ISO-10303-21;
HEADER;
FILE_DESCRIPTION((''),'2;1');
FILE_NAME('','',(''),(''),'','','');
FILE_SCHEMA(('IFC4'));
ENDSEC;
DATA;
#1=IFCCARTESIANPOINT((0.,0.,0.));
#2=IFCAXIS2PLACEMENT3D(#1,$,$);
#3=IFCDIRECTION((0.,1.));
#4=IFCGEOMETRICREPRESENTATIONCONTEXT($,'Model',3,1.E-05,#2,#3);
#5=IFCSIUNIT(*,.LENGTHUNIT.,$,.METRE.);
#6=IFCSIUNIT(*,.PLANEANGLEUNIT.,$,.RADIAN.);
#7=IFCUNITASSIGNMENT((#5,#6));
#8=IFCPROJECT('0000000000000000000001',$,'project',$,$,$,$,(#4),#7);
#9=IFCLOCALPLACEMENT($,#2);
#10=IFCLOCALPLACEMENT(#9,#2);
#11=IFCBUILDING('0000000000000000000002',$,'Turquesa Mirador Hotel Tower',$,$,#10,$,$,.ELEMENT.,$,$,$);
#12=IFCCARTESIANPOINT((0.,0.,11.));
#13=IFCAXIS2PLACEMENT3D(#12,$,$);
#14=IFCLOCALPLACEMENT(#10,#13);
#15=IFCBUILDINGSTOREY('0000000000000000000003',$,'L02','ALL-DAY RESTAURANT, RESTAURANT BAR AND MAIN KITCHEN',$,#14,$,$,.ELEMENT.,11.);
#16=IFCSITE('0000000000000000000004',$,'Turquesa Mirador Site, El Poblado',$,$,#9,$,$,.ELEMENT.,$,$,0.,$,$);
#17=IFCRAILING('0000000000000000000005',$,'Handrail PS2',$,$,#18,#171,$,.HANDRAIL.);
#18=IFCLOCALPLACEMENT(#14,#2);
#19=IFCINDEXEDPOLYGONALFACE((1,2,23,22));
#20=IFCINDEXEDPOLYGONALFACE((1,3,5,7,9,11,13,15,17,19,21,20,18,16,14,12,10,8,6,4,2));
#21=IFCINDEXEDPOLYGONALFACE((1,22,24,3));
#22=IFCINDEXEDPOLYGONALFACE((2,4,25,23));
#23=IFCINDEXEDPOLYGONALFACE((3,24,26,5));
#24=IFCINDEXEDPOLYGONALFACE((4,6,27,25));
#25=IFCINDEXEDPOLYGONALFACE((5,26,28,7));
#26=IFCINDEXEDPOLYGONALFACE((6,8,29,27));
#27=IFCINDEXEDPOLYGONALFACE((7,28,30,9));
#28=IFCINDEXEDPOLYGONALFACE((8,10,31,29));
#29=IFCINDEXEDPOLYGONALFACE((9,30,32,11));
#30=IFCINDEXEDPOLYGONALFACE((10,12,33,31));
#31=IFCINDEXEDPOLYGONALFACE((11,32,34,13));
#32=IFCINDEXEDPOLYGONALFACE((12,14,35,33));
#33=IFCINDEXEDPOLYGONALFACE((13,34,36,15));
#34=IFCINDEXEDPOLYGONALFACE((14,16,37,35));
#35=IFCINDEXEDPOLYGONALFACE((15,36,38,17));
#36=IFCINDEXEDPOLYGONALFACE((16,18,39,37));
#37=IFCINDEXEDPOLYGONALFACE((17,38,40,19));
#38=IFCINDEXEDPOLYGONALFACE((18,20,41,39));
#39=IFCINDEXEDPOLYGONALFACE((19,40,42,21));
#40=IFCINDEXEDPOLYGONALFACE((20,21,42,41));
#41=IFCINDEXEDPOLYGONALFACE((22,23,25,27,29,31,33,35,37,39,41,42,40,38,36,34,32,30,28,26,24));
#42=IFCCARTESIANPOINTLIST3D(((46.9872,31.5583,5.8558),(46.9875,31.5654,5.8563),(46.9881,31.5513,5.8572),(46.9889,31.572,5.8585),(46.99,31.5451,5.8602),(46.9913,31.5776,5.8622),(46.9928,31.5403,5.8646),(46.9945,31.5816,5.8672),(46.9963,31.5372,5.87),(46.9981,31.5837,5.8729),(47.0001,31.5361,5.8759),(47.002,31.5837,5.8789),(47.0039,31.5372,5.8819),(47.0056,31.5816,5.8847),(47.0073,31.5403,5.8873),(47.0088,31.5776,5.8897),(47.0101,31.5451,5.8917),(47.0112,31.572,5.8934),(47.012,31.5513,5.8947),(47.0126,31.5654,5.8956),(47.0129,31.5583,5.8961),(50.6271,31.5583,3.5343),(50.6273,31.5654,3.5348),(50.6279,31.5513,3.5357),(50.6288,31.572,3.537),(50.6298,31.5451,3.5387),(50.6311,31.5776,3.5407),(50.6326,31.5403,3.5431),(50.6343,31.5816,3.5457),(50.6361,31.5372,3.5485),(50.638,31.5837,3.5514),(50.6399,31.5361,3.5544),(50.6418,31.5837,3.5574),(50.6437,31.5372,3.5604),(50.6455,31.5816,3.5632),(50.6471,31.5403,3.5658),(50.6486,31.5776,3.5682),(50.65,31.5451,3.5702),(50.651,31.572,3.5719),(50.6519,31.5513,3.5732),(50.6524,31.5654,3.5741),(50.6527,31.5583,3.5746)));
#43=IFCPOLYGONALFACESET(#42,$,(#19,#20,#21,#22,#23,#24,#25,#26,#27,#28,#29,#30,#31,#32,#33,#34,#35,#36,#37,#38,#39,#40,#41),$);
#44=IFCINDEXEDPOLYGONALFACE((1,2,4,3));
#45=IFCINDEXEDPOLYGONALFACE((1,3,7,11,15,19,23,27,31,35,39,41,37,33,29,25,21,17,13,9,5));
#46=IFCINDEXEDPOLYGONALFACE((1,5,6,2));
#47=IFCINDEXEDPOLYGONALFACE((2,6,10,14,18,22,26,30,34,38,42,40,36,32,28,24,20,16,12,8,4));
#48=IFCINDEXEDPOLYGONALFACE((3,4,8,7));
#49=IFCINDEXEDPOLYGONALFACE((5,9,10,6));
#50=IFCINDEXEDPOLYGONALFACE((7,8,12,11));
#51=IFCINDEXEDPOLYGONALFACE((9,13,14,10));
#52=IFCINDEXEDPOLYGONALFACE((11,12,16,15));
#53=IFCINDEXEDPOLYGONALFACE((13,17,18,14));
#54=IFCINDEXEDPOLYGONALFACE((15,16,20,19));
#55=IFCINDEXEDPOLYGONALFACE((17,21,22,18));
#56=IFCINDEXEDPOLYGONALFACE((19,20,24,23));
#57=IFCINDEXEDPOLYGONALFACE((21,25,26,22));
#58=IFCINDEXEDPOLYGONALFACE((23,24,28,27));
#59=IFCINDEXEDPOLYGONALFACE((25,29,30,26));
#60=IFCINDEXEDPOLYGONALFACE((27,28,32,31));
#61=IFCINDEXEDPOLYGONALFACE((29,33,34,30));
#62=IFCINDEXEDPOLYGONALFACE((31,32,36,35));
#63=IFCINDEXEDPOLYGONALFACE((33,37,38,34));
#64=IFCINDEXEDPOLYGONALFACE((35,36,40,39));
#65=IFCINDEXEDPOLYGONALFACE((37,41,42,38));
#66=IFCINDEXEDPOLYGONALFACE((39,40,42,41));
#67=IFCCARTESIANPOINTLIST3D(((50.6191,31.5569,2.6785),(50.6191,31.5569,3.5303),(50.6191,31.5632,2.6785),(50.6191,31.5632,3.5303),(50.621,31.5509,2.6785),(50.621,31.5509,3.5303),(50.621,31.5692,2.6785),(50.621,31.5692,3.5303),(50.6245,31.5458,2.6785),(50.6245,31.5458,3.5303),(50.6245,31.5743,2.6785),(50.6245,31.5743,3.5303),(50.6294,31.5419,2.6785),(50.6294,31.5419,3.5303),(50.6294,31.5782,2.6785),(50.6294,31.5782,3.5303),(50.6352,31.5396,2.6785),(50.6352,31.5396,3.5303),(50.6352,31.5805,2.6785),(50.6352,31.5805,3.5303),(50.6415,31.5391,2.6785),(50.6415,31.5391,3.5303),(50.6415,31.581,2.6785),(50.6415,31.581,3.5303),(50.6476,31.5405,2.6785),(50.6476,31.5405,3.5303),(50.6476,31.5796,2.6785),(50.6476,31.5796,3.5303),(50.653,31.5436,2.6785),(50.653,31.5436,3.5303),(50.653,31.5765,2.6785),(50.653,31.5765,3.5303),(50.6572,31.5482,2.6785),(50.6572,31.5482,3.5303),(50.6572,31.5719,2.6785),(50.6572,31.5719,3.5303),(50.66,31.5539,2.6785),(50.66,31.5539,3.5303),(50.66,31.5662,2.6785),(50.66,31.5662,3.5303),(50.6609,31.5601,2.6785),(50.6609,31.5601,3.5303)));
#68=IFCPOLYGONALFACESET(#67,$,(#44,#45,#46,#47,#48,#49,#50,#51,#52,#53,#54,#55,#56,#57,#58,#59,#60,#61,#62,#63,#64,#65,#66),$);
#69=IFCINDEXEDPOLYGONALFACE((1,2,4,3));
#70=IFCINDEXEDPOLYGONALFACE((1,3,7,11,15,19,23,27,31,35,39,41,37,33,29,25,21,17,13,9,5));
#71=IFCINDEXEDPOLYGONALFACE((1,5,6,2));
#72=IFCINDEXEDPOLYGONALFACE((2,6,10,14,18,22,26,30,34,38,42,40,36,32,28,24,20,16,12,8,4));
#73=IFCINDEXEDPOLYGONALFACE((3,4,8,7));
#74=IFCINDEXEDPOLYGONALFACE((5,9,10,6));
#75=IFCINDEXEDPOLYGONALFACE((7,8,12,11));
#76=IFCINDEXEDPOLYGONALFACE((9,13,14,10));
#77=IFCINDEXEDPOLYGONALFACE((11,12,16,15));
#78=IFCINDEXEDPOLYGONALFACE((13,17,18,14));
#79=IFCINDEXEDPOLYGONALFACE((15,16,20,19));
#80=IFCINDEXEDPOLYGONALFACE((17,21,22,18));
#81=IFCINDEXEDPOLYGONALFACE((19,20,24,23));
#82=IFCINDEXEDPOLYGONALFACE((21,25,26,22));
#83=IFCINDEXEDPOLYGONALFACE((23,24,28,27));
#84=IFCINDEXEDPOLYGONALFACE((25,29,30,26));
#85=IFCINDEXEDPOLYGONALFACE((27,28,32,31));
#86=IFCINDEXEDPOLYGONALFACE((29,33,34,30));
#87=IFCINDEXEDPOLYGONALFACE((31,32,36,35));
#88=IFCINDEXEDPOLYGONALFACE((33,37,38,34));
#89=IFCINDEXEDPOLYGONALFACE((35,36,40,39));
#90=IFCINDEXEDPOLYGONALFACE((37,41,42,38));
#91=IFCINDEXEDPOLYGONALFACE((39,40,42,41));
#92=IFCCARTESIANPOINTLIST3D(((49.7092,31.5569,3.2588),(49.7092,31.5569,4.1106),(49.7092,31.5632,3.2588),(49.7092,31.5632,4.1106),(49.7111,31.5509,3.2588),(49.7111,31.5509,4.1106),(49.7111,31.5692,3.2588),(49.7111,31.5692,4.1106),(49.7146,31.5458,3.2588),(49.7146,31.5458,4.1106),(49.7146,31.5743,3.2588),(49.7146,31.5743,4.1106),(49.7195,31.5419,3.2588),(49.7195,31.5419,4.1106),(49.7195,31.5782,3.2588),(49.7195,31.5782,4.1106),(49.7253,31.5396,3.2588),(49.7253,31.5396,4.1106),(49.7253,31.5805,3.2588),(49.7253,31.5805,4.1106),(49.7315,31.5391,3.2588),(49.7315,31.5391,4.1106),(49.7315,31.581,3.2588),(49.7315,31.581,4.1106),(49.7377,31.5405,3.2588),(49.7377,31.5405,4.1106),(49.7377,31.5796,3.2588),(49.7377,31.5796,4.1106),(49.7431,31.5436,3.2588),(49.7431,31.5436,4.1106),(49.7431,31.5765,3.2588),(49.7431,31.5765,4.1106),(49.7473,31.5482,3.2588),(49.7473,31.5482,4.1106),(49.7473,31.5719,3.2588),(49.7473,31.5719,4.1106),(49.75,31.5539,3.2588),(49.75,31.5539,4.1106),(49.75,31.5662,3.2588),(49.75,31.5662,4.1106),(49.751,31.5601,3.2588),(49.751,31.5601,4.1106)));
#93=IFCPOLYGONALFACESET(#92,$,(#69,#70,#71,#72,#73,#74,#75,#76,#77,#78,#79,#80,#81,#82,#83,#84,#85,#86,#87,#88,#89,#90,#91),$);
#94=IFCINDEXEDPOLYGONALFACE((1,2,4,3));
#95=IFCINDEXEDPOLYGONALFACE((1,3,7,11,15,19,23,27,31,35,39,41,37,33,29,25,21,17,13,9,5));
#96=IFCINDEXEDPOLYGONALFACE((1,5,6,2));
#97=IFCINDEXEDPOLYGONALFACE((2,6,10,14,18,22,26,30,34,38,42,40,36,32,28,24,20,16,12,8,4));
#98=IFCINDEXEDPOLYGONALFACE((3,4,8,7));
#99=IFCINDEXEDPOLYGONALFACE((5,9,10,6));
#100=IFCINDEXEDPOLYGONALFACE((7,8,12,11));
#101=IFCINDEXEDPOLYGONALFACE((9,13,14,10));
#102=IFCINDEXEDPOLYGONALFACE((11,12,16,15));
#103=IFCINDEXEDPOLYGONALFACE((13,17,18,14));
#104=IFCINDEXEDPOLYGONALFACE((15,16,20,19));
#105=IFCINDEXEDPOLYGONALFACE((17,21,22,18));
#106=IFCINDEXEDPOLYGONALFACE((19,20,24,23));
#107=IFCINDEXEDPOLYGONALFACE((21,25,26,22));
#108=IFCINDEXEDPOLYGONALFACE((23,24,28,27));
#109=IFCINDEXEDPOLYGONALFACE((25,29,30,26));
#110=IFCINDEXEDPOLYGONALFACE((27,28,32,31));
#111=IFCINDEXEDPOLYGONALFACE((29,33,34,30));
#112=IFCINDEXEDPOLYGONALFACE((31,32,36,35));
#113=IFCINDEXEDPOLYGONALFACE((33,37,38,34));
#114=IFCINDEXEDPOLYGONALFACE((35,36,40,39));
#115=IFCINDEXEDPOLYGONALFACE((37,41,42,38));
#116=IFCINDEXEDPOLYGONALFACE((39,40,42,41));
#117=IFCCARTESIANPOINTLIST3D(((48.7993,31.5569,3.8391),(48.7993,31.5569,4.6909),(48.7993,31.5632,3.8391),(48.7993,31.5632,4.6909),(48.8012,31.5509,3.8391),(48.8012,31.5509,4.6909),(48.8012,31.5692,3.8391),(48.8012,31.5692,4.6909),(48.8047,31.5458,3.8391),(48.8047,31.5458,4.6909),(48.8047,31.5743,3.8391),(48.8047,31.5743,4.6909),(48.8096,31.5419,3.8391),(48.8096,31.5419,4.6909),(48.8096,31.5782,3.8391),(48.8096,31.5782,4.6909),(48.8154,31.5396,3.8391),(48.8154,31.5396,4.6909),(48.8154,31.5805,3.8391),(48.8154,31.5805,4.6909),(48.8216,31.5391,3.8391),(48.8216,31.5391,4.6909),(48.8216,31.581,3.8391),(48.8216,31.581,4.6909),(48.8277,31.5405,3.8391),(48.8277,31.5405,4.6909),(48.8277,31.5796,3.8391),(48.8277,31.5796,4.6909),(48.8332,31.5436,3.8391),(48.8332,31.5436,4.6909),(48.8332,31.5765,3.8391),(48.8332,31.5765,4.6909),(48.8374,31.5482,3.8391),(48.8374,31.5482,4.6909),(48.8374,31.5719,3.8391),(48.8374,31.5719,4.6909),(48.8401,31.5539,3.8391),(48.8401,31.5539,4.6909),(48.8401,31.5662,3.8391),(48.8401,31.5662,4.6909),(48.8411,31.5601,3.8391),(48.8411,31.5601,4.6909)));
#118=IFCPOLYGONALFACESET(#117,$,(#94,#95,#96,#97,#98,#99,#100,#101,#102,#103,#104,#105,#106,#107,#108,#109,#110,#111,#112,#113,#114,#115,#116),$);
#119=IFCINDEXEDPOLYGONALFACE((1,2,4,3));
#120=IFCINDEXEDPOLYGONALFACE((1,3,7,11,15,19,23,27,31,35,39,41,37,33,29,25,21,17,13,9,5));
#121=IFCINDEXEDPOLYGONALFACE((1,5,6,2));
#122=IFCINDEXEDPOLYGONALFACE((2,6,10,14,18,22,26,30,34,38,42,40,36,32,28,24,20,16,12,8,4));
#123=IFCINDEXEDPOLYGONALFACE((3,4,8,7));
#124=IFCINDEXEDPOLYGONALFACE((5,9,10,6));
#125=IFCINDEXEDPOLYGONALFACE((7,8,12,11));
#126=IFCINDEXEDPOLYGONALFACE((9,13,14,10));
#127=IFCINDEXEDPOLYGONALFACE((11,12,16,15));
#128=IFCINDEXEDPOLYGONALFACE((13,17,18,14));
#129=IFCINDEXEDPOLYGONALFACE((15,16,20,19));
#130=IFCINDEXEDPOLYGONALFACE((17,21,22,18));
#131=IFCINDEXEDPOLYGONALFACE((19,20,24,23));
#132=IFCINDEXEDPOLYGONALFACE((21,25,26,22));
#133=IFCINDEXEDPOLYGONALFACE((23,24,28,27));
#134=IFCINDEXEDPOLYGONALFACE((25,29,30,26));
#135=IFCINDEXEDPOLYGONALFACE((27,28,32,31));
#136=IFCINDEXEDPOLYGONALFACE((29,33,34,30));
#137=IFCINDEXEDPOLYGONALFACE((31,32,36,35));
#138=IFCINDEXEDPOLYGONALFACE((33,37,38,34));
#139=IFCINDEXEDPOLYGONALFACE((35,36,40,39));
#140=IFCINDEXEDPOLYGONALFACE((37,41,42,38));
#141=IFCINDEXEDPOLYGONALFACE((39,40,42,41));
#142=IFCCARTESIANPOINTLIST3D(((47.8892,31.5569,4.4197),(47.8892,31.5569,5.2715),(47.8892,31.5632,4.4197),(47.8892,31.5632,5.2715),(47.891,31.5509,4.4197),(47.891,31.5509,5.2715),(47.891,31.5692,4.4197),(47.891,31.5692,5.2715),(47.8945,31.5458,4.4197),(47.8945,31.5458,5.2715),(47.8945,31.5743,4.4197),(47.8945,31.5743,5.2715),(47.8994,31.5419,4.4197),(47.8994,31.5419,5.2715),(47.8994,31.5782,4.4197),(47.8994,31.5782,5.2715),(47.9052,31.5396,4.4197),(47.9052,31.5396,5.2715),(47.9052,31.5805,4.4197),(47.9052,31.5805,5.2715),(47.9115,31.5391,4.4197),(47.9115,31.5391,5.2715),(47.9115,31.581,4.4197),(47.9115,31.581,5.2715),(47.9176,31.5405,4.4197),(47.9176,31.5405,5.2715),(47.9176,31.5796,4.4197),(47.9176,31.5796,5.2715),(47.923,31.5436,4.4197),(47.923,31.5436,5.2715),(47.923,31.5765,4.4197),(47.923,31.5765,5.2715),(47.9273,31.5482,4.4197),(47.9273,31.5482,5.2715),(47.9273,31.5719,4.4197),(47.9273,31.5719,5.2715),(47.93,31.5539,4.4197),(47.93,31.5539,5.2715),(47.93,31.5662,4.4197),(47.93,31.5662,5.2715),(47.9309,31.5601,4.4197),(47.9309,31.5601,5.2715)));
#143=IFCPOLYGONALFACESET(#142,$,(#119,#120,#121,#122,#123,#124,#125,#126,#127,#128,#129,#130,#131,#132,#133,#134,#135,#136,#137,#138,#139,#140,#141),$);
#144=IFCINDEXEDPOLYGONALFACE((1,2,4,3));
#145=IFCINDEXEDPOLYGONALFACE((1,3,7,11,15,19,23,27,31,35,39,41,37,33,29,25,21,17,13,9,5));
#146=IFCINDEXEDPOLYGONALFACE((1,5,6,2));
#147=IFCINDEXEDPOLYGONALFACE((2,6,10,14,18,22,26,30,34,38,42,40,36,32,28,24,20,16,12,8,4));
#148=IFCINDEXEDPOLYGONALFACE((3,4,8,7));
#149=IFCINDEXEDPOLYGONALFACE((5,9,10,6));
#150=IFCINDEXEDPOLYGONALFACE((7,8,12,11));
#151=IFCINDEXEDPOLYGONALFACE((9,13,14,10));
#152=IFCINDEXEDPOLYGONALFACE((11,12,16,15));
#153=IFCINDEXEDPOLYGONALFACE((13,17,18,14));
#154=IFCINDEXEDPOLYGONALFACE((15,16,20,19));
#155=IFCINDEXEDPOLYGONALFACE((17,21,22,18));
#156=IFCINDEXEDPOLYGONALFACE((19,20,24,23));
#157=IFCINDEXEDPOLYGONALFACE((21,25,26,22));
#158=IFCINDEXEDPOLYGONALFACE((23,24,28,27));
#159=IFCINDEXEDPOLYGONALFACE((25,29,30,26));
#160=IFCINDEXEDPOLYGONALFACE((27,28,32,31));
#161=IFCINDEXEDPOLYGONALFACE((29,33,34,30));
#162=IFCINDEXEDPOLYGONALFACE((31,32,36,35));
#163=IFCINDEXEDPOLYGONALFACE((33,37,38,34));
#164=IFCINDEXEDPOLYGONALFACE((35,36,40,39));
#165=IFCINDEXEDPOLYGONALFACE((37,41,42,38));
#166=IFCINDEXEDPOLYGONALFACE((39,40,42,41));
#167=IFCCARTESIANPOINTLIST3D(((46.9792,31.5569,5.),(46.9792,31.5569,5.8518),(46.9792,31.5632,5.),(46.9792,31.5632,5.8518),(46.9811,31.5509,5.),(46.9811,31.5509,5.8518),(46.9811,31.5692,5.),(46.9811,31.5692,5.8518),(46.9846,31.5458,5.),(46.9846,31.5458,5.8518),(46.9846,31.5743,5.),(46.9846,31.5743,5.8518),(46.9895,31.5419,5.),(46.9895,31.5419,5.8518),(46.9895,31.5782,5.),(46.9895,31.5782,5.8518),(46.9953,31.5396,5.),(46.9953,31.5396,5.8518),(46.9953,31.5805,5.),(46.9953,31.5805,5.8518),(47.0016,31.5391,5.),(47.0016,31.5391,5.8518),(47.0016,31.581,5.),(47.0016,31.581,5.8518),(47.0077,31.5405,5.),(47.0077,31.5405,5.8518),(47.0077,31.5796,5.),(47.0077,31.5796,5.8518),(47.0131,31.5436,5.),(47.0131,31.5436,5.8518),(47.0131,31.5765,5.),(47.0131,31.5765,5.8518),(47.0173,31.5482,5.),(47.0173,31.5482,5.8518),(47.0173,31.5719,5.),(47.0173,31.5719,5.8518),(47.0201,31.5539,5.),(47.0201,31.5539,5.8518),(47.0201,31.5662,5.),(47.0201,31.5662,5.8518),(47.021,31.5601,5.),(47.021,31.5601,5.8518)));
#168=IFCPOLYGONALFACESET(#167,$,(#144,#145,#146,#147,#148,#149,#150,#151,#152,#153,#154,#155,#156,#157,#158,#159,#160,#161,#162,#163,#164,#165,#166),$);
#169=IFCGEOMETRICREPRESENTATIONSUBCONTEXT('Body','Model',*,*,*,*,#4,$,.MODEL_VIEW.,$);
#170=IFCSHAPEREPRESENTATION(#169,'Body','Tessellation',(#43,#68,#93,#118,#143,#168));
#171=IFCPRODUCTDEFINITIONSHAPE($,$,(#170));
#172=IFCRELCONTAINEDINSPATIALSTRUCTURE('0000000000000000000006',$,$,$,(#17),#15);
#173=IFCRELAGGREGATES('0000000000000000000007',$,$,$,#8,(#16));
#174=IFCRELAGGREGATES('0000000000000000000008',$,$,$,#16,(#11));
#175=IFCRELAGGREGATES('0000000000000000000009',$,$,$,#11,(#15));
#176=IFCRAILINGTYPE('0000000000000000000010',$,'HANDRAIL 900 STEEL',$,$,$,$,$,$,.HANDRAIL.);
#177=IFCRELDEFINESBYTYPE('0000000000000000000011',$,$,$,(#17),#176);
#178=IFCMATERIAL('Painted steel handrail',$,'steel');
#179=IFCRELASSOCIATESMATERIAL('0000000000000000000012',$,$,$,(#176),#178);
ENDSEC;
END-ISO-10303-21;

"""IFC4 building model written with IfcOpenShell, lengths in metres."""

from ifc_helpers import new_model, si_unit, direction, frame, origin, origin_2d, place, context, subcontext, project, spatial, circle, extrude, material, type_object, element, save


model = new_model("IFC4")

# Units and contexts
model_context = context("Model", 3, precision=1e-05, world=origin(), true_north=direction((0.0, 1.0)))
body_context = subcontext(model_context, "Body", "Model", "MODEL_VIEW")
ifc_project = project(units=[si_unit("LENGTHUNIT", "METRE"), si_unit("PLANEANGLEUNIT", "RADIAN")], contexts=[model_context])

# Site, building, storey
site_placement = place(None, origin())
site = spatial("IfcSite", under=ifc_project, at=site_placement, Name="Turquesa Mirador Site, El Poblado", CompositionType="ELEMENT", RefElevation=0.0)
building_placement = place(site_placement, origin())
building = spatial("IfcBuilding", under=site, at=building_placement, Name="Turquesa Mirador Hotel Tower", CompositionType="ELEMENT")
storey_placement = place(building_placement, frame((0.0, 0.0, 11.0)))
storey = spatial("IfcBuildingStorey", under=building, at=storey_placement, Name="L02", Description="ALL-DAY RESTAURANT, RESTAURANT BAR AND MAIN KITCHEN", CompositionType="ELEMENT", Elevation=11.0)

# Railing
ifc_material_1 = material(Name="Painted steel handrail", Category="steel")
railing_type = type_object("IfcRailingType", Name="HANDRAIL 900 STEEL", PredefinedType="HANDRAIL", material=ifc_material_1)
railing_placement = place(storey_placement, frame((50.6399, 31.5601, 2.6785)))
element("IfcRailing", 1, at=railing_placement, inside=storey, type_object=railing_type, Name="Handrail PS2", PredefinedType="HANDRAIL", context=body_context, shape_type="SweptSolid", body=[
    extrude(circle(Radius=0.0239, at=origin_2d()), frame((0.0, 0.0, 0.876), z_axis=(-0.843112, 0.0, 0.537739), x_axis=(0.0, -1.0, 0.0)), (0.0, 0.0, 1.0), 4.3171),
    extrude(circle(Radius=0.021, at=origin_2d()), origin(), (0.0, 0.0, 1.0), 0.8518),
    extrude(circle(Radius=0.021, at=origin_2d()), frame((-0.9099, 0.0, 0.5803)), (0.0, 0.0, 1.0), 0.8518),
    extrude(circle(Radius=0.021, at=origin_2d()), frame((-1.8198, 0.0, 1.1606)), (0.0, 0.0, 1.0), 0.8518),
    extrude(circle(Radius=0.021, at=origin_2d()), frame((-2.73, 0.0, 1.7412)), (0.0, 0.0, 1.0), 0.8518),
    extrude(circle(Radius=0.021, at=origin_2d()), frame((-3.6399, 0.0, 2.3215)), (0.0, 0.0, 1.0), 0.8518),
])

save(model, "model.ifc")
